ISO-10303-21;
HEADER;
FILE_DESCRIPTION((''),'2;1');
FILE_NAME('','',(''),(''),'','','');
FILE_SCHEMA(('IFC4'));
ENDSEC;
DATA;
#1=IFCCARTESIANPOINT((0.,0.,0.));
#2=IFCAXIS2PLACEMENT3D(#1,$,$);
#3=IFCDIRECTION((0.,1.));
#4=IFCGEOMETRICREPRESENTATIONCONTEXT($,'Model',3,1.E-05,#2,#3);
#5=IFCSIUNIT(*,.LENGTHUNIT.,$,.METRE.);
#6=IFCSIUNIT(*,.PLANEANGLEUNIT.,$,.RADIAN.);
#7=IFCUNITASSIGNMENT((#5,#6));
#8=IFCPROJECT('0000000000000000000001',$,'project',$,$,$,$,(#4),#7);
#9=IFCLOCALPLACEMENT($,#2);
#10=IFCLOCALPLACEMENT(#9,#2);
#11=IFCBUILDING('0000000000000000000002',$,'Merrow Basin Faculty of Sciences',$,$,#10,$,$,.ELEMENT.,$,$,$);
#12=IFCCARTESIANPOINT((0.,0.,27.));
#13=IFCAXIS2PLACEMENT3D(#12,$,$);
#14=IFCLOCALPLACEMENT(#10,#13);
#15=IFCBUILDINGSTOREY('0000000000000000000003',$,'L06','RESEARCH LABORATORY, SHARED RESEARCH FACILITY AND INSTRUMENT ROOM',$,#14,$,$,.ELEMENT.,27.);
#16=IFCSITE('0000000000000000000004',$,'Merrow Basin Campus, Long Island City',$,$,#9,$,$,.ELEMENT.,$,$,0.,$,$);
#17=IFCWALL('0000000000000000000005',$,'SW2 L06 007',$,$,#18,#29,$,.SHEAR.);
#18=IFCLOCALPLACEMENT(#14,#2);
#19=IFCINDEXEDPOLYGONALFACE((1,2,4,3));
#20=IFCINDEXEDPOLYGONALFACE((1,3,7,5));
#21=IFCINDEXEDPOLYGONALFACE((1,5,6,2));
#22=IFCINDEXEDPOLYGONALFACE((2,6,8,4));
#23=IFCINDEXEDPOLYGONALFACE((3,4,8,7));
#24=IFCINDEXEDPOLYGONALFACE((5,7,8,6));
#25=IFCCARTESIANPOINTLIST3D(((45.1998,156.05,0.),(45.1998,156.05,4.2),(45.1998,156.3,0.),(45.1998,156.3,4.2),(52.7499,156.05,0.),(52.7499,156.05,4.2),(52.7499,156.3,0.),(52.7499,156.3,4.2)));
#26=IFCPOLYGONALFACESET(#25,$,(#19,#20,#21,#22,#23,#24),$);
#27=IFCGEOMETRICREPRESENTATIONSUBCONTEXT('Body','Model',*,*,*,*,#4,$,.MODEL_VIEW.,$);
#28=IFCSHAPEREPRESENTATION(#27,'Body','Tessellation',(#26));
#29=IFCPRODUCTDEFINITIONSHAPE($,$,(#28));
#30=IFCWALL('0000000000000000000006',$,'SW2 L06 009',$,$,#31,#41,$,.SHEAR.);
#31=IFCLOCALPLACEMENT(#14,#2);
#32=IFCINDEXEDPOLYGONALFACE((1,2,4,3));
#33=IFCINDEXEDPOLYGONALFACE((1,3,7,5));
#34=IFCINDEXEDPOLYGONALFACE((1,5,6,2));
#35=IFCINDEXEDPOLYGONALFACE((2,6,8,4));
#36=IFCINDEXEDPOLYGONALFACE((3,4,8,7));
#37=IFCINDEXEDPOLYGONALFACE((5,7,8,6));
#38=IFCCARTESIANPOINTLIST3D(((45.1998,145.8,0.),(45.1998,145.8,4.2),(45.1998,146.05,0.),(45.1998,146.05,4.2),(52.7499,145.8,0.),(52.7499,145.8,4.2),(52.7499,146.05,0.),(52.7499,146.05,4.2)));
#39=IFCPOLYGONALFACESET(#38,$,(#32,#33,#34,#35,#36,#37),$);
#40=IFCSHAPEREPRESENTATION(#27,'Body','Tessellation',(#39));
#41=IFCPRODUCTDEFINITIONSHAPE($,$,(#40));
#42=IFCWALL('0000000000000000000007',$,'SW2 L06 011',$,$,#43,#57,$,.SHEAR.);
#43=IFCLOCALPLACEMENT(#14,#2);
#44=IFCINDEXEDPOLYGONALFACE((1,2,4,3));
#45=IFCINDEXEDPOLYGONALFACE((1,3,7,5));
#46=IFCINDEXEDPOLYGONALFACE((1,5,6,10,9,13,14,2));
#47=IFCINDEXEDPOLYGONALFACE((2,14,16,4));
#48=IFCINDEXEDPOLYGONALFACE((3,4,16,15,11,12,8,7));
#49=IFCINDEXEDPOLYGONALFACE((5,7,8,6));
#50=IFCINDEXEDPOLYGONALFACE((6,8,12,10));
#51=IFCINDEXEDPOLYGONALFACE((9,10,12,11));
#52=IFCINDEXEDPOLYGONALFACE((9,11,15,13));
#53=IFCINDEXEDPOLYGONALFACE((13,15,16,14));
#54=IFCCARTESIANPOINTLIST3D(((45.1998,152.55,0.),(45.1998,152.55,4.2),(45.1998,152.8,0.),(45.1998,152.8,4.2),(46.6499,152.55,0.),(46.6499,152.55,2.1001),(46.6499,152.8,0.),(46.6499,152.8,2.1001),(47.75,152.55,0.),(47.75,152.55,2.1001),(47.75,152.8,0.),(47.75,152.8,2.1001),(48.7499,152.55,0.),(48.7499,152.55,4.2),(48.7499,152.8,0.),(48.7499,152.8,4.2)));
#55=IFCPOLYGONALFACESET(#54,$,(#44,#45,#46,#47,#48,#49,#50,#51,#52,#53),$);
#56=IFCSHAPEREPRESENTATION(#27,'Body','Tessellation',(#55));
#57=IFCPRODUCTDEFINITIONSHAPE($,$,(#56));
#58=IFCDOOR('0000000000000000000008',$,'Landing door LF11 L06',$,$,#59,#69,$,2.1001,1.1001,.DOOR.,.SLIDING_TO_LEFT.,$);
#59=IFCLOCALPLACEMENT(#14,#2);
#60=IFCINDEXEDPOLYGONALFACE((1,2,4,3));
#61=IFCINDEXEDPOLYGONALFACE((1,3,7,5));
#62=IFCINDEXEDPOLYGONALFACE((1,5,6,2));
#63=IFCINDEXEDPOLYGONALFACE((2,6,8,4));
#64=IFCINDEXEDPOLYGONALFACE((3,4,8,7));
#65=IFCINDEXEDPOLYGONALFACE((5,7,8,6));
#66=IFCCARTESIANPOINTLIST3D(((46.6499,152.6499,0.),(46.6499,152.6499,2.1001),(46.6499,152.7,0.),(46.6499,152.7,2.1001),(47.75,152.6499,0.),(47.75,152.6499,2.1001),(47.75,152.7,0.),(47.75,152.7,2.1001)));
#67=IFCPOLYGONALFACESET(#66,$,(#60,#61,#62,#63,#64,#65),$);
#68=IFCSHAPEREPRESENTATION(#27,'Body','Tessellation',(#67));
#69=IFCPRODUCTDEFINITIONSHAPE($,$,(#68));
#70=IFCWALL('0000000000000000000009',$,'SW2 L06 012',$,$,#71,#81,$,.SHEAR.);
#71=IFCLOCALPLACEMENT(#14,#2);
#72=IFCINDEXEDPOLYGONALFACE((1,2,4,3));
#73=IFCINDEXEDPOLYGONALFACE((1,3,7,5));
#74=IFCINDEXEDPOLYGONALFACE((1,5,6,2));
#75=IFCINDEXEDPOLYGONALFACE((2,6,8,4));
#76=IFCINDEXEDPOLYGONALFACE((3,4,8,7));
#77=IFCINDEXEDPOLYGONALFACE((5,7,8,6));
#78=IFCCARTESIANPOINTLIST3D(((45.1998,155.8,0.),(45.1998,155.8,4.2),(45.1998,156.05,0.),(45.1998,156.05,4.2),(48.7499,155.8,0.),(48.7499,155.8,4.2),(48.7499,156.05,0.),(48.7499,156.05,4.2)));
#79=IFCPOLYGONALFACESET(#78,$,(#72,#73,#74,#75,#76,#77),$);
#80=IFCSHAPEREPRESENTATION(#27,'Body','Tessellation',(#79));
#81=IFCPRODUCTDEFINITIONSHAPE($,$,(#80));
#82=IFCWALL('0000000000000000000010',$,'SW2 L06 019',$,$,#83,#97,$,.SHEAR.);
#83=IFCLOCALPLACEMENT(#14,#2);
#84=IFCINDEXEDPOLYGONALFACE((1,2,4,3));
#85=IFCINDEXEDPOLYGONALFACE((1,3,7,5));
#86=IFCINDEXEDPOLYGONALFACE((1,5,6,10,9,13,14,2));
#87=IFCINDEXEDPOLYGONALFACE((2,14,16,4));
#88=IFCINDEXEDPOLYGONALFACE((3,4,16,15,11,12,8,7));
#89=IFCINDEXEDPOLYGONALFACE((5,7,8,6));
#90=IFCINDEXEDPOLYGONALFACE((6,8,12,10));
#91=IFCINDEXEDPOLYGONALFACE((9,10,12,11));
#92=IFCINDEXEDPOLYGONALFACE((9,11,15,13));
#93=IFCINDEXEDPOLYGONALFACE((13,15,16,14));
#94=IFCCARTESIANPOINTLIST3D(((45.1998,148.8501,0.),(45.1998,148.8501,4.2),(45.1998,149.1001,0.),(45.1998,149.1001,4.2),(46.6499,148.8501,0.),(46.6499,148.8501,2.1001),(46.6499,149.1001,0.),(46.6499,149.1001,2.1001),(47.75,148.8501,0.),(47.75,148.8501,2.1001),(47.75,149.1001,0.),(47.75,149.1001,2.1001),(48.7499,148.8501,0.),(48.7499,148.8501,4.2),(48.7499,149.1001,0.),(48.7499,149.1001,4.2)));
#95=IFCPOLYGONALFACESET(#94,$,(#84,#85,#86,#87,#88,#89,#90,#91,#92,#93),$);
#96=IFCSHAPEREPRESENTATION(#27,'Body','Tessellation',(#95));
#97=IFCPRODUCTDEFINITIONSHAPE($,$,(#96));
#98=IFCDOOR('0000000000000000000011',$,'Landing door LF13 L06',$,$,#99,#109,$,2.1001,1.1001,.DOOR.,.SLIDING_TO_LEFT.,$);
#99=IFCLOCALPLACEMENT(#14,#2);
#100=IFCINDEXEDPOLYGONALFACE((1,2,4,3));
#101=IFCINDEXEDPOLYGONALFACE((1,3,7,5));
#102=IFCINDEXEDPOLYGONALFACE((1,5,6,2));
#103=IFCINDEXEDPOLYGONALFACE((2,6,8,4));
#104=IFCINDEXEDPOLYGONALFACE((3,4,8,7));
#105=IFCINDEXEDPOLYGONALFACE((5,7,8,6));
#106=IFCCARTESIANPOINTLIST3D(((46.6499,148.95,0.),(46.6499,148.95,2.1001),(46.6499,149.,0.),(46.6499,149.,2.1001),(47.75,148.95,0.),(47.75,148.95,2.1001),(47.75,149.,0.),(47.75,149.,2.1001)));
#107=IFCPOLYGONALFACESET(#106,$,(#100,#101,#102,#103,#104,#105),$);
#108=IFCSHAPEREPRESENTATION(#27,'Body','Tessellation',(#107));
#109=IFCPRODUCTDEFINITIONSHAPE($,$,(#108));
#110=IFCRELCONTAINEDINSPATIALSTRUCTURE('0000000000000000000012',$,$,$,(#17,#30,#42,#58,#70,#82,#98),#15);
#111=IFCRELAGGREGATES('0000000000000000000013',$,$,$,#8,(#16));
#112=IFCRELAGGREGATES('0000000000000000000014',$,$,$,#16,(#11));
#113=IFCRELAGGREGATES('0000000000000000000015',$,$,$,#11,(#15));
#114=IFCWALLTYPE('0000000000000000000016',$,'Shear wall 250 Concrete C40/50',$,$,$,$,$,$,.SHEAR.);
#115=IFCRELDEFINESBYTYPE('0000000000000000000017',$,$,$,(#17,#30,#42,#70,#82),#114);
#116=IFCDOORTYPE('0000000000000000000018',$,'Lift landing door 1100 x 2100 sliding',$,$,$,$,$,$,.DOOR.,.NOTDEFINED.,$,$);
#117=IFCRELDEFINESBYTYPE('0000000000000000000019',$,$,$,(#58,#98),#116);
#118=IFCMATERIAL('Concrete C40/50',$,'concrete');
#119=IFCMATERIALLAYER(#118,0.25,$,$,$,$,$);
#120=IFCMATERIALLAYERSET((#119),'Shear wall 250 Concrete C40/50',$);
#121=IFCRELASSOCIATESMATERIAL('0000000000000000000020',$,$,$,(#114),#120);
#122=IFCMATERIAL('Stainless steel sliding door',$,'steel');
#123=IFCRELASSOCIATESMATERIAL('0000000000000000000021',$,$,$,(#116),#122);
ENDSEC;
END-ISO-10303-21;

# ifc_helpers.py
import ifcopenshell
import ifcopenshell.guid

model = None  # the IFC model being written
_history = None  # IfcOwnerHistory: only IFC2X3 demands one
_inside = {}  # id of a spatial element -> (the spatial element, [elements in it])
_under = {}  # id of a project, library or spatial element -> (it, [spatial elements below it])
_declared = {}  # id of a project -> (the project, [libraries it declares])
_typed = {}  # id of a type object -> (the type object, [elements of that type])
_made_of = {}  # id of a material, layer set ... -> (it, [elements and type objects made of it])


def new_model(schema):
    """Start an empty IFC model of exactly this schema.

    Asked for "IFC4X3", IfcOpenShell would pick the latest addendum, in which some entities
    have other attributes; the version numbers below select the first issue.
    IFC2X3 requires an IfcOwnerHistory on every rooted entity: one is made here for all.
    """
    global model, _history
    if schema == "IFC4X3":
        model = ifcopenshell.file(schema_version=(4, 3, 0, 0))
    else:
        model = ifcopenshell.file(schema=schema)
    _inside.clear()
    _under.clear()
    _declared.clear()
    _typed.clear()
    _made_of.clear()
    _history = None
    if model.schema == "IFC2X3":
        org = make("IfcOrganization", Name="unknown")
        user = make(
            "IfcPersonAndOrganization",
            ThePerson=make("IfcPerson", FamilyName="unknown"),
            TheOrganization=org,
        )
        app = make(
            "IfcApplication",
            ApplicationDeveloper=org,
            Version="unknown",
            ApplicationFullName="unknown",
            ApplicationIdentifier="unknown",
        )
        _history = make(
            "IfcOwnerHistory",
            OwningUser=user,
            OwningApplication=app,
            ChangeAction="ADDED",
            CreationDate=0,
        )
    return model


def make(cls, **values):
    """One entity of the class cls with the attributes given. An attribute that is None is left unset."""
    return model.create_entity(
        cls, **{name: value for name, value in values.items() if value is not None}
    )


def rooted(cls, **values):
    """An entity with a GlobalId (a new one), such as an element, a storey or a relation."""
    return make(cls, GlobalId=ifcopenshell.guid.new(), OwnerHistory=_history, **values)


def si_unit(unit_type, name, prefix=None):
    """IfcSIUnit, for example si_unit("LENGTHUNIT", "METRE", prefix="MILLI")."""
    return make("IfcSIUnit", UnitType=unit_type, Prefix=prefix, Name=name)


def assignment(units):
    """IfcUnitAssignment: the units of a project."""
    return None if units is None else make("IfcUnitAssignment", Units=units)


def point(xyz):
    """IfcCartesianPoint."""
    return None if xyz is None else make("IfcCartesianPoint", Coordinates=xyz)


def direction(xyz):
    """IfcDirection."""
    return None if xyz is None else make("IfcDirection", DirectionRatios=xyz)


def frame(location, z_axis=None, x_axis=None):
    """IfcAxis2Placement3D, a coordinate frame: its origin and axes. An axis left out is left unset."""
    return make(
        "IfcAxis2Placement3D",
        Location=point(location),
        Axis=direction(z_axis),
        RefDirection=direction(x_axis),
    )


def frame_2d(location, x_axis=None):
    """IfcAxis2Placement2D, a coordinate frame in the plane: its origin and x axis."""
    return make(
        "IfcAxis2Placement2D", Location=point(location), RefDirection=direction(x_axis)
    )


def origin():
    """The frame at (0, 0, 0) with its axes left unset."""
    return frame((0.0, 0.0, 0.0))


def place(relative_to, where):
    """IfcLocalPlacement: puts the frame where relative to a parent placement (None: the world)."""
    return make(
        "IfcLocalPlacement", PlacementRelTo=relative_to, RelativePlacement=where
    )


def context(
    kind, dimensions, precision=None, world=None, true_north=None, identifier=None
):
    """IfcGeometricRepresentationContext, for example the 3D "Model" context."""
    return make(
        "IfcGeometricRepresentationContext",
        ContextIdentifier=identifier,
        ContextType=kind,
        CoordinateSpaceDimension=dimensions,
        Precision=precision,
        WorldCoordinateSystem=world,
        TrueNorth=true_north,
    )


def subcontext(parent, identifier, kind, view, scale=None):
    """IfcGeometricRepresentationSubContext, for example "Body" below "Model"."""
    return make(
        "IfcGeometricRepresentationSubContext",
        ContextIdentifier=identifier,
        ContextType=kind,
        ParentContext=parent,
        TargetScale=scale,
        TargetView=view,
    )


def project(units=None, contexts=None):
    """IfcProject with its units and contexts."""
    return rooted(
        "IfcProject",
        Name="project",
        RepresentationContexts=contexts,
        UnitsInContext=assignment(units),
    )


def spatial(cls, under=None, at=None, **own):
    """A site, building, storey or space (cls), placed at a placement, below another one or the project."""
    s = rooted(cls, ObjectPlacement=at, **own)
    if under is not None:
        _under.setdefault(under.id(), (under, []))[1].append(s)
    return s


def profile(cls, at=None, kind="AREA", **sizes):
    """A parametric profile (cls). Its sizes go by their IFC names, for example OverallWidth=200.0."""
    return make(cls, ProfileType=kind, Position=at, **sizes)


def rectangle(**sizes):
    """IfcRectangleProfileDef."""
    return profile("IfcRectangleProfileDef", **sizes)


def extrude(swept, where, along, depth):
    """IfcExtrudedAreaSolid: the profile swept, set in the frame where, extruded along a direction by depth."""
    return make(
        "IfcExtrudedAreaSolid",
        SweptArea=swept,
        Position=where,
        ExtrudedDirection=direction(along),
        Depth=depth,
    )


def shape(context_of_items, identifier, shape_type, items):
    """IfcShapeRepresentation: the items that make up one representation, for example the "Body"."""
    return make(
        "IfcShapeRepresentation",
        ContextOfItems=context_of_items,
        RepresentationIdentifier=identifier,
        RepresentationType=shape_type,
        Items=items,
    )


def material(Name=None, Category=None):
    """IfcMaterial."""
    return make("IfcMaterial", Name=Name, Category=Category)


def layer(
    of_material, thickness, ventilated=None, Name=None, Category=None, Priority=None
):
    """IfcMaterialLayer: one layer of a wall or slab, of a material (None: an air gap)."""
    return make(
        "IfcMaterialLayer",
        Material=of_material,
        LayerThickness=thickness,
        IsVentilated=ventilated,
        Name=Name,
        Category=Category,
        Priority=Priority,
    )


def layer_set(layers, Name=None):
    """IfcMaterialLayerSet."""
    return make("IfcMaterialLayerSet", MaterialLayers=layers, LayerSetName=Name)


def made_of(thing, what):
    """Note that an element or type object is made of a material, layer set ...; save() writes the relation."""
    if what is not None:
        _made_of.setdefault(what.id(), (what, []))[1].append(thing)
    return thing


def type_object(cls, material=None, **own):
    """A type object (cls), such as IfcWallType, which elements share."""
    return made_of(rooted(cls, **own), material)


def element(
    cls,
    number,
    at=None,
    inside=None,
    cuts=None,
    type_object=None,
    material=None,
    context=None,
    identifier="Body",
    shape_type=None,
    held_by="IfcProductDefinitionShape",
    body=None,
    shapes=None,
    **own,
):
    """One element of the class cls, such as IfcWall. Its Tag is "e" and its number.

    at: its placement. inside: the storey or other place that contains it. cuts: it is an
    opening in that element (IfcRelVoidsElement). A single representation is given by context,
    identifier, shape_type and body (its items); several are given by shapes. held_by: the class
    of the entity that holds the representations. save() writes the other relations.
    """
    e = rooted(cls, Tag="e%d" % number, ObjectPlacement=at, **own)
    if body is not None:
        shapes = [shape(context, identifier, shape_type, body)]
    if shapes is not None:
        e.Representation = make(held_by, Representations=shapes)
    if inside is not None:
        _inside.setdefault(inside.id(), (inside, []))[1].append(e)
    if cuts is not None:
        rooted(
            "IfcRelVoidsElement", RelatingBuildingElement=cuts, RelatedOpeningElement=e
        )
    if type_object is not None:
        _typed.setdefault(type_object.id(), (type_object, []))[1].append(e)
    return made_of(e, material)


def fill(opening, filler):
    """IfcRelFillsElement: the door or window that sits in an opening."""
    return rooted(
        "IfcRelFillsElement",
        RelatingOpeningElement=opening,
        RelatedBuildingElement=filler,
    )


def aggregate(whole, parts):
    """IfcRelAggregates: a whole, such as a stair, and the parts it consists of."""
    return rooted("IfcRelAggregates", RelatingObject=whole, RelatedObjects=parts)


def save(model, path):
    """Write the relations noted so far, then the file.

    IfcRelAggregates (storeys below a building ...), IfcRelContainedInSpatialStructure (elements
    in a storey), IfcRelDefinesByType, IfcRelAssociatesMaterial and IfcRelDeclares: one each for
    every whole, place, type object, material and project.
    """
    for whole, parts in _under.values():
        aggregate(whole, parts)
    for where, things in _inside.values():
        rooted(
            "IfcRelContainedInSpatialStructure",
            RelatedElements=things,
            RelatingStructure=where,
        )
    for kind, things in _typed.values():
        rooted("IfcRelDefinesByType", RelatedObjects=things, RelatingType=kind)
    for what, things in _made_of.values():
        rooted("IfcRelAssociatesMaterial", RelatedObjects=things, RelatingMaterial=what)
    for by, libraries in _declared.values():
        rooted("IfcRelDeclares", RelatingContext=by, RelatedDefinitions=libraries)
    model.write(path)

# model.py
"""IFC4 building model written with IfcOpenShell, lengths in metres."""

from ifc_helpers import new_model, si_unit, direction, frame, frame_2d, origin, place, context, subcontext, project, spatial, rectangle, extrude, material, layer, layer_set, type_object, element, fill, save


model = new_model("IFC4")

# Units and contexts
model_context = context("Model", 3, precision=1e-05, world=origin(), true_north=direction((0.0, 1.0)))
body_context = subcontext(model_context, "Body", "Model", "MODEL_VIEW")
ifc_project = project(units=[si_unit("LENGTHUNIT", "METRE"), si_unit("PLANEANGLEUNIT", "RADIAN")], contexts=[model_context])

# Site, building, storey
site_placement = place(None, origin())
site = spatial("IfcSite", under=ifc_project, at=site_placement, Name="Merrow Basin Campus, Long Island City", CompositionType="ELEMENT", RefElevation=0.0)
building_placement = place(site_placement, origin())
building = spatial("IfcBuilding", under=site, at=building_placement, Name="Merrow Basin Faculty of Sciences", CompositionType="ELEMENT")
storey_placement = place(building_placement, frame((0.0, 0.0, 27.0)))
storey = spatial("IfcBuildingStorey", under=building, at=storey_placement, Name="L06", Description="RESEARCH LABORATORY, SHARED RESEARCH FACILITY AND INSTRUMENT ROOM", CompositionType="ELEMENT", Elevation=27.0)

# Walls
ifc_material_1 = material(Name="Concrete C40/50", Category="concrete")
ifc_layer_1 = layer(ifc_material_1, 0.25)
ifc_layer_set_1 = layer_set([ifc_layer_1], Name="Shear wall 250 Concrete C40/50")
wall_type_1 = type_object("IfcWallType", Name="Shear wall 250 Concrete C40/50", PredefinedType="SHEAR", material=ifc_layer_set_1)
for number, where, z_axis, x_axis, name in (
    (1, (45.2, 156.175, 0.0), (0.0, 0.0, 1.0), (1.0, 0.0, 0.0), "SW2 L06 007"),
    (2, (45.2, 145.925, 0.0), (0.0, 0.0, 1.0), (1.0, 0.0, 0.0), "SW2 L06 009"),
):
    element("IfcWall", number, at=place(storey_placement, frame(where, z_axis=z_axis, x_axis=x_axis)), inside=storey, type_object=wall_type_1, Name=name, PredefinedType="SHEAR", context=body_context, shape_type="SweptSolid", body=[
        extrude(rectangle(XDim=7.55, YDim=0.25, at=frame_2d((3.7749, 0.0))), origin(), (0.0, 0.0, 1.0), 4.2),
    ])

# Wall, opening, door
wall_1_placement = place(storey_placement, frame((45.2, 152.675, 0.0), z_axis=(0.0, 0.0, 1.0), x_axis=(1.0, 0.0, 0.0)))
wall_1 = element("IfcWall", 3, at=wall_1_placement, inside=storey, type_object=wall_type_1, Name="SW2 L06 011", PredefinedType="SHEAR", context=body_context, shape_type="SweptSolid", body=[
    extrude(rectangle(XDim=3.55, YDim=0.25, at=frame_2d((1.7749, 0.0))), origin(), (0.0, 0.0, 1.0), 4.2),
])
opening_1_placement = place(wall_1_placement, frame((1.45, 0.0, 0.0)))
opening_1 = element("IfcOpeningElement", 4, at=opening_1_placement, cuts=wall_1, PredefinedType="OPENING", context=body_context, shape_type="SweptSolid", body=[
    extrude(rectangle(XDim=1.1001, YDim=2.1001, at=frame_2d((0.55, 1.05))), frame((0.0, 0.135, 0.0), z_axis=(0.0, -1.0, 0.0), x_axis=(1.0, 0.0, 0.0)), (0.0, 0.0, 1.0), 0.27),
])
ifc_material_2 = material(Name="Stainless steel sliding door", Category="steel")
door_type_1 = type_object("IfcDoorType", Name="Lift landing door 1100 x 2100 sliding", OperationType="NOTDEFINED", PredefinedType="DOOR", material=ifc_material_2)
door_1_placement = place(opening_1_placement, origin())
door_1 = element("IfcDoor", 5, at=door_1_placement, inside=storey, type_object=door_type_1, Name="Landing door LF11 L06", OperationType="SLIDING_TO_LEFT", OverallHeight=2.1001, OverallWidth=1.1001, PredefinedType="DOOR", context=body_context, shape_type="SweptSolid", body=[
    extrude(rectangle(XDim=1.1001, YDim=2.1001, at=frame_2d((0.55, 1.05))), frame((0.0, 0.0249, 0.0), z_axis=(0.0, -1.0, 0.0), x_axis=(1.0, 0.0, 0.0)), (0.0, 0.0, 1.0), 0.05),
])
fill(opening_1, door_1)

# Wall
wall_2_placement = place(storey_placement, frame((45.2, 155.925, 0.0), z_axis=(0.0, 0.0, 1.0), x_axis=(1.0, 0.0, 0.0)))
element("IfcWall", 6, at=wall_2_placement, inside=storey, type_object=wall_type_1, Name="SW2 L06 012", PredefinedType="SHEAR", context=body_context, shape_type="SweptSolid", body=[
    extrude(rectangle(XDim=3.55, YDim=0.25, at=frame_2d((1.7749, 0.0))), origin(), (0.0, 0.0, 1.0), 4.2),
])

# Wall, opening, door
wall_3_placement = place(storey_placement, frame((45.2, 148.9751, 0.0), z_axis=(0.0, 0.0, 1.0), x_axis=(1.0, 0.0, 0.0)))
wall_3 = element("IfcWall", 7, at=wall_3_placement, inside=storey, type_object=wall_type_1, Name="SW2 L06 019", PredefinedType="SHEAR", context=body_context, shape_type="SweptSolid", body=[
    extrude(rectangle(XDim=3.55, YDim=0.25, at=frame_2d((1.7749, 0.0))), origin(), (0.0, 0.0, 1.0), 4.2),
])
opening_2_placement = place(wall_3_placement, frame((1.45, 0.0, 0.0)))
opening_2 = element("IfcOpeningElement", 8, at=opening_2_placement, cuts=wall_3, PredefinedType="OPENING", context=body_context, shape_type="SweptSolid", body=[
    extrude(rectangle(XDim=1.1001, YDim=2.1001, at=frame_2d((0.55, 1.05))), frame((0.0, 0.135, 0.0), z_axis=(0.0, -1.0, 0.0), x_axis=(1.0, 0.0, 0.0)), (0.0, 0.0, 1.0), 0.27),
])
door_2_placement = place(opening_2_placement, origin())
door_2 = element("IfcDoor", 9, at=door_2_placement, inside=storey, type_object=door_type_1, Name="Landing door LF13 L06", OperationType="SLIDING_TO_LEFT", OverallHeight=2.1001, OverallWidth=1.1001, PredefinedType="DOOR", context=body_context, shape_type="SweptSolid", body=[
    extrude(rectangle(XDim=1.1001, YDim=2.1001, at=frame_2d((0.55, 1.05))), frame((0.0, 0.0249, 0.0), z_axis=(0.0, -1.0, 0.0), x_axis=(1.0, 0.0, 0.0)), (0.0, 0.0, 1.0), 0.05),
])
fill(opening_2, door_2)

save(model, "model.ifc")
